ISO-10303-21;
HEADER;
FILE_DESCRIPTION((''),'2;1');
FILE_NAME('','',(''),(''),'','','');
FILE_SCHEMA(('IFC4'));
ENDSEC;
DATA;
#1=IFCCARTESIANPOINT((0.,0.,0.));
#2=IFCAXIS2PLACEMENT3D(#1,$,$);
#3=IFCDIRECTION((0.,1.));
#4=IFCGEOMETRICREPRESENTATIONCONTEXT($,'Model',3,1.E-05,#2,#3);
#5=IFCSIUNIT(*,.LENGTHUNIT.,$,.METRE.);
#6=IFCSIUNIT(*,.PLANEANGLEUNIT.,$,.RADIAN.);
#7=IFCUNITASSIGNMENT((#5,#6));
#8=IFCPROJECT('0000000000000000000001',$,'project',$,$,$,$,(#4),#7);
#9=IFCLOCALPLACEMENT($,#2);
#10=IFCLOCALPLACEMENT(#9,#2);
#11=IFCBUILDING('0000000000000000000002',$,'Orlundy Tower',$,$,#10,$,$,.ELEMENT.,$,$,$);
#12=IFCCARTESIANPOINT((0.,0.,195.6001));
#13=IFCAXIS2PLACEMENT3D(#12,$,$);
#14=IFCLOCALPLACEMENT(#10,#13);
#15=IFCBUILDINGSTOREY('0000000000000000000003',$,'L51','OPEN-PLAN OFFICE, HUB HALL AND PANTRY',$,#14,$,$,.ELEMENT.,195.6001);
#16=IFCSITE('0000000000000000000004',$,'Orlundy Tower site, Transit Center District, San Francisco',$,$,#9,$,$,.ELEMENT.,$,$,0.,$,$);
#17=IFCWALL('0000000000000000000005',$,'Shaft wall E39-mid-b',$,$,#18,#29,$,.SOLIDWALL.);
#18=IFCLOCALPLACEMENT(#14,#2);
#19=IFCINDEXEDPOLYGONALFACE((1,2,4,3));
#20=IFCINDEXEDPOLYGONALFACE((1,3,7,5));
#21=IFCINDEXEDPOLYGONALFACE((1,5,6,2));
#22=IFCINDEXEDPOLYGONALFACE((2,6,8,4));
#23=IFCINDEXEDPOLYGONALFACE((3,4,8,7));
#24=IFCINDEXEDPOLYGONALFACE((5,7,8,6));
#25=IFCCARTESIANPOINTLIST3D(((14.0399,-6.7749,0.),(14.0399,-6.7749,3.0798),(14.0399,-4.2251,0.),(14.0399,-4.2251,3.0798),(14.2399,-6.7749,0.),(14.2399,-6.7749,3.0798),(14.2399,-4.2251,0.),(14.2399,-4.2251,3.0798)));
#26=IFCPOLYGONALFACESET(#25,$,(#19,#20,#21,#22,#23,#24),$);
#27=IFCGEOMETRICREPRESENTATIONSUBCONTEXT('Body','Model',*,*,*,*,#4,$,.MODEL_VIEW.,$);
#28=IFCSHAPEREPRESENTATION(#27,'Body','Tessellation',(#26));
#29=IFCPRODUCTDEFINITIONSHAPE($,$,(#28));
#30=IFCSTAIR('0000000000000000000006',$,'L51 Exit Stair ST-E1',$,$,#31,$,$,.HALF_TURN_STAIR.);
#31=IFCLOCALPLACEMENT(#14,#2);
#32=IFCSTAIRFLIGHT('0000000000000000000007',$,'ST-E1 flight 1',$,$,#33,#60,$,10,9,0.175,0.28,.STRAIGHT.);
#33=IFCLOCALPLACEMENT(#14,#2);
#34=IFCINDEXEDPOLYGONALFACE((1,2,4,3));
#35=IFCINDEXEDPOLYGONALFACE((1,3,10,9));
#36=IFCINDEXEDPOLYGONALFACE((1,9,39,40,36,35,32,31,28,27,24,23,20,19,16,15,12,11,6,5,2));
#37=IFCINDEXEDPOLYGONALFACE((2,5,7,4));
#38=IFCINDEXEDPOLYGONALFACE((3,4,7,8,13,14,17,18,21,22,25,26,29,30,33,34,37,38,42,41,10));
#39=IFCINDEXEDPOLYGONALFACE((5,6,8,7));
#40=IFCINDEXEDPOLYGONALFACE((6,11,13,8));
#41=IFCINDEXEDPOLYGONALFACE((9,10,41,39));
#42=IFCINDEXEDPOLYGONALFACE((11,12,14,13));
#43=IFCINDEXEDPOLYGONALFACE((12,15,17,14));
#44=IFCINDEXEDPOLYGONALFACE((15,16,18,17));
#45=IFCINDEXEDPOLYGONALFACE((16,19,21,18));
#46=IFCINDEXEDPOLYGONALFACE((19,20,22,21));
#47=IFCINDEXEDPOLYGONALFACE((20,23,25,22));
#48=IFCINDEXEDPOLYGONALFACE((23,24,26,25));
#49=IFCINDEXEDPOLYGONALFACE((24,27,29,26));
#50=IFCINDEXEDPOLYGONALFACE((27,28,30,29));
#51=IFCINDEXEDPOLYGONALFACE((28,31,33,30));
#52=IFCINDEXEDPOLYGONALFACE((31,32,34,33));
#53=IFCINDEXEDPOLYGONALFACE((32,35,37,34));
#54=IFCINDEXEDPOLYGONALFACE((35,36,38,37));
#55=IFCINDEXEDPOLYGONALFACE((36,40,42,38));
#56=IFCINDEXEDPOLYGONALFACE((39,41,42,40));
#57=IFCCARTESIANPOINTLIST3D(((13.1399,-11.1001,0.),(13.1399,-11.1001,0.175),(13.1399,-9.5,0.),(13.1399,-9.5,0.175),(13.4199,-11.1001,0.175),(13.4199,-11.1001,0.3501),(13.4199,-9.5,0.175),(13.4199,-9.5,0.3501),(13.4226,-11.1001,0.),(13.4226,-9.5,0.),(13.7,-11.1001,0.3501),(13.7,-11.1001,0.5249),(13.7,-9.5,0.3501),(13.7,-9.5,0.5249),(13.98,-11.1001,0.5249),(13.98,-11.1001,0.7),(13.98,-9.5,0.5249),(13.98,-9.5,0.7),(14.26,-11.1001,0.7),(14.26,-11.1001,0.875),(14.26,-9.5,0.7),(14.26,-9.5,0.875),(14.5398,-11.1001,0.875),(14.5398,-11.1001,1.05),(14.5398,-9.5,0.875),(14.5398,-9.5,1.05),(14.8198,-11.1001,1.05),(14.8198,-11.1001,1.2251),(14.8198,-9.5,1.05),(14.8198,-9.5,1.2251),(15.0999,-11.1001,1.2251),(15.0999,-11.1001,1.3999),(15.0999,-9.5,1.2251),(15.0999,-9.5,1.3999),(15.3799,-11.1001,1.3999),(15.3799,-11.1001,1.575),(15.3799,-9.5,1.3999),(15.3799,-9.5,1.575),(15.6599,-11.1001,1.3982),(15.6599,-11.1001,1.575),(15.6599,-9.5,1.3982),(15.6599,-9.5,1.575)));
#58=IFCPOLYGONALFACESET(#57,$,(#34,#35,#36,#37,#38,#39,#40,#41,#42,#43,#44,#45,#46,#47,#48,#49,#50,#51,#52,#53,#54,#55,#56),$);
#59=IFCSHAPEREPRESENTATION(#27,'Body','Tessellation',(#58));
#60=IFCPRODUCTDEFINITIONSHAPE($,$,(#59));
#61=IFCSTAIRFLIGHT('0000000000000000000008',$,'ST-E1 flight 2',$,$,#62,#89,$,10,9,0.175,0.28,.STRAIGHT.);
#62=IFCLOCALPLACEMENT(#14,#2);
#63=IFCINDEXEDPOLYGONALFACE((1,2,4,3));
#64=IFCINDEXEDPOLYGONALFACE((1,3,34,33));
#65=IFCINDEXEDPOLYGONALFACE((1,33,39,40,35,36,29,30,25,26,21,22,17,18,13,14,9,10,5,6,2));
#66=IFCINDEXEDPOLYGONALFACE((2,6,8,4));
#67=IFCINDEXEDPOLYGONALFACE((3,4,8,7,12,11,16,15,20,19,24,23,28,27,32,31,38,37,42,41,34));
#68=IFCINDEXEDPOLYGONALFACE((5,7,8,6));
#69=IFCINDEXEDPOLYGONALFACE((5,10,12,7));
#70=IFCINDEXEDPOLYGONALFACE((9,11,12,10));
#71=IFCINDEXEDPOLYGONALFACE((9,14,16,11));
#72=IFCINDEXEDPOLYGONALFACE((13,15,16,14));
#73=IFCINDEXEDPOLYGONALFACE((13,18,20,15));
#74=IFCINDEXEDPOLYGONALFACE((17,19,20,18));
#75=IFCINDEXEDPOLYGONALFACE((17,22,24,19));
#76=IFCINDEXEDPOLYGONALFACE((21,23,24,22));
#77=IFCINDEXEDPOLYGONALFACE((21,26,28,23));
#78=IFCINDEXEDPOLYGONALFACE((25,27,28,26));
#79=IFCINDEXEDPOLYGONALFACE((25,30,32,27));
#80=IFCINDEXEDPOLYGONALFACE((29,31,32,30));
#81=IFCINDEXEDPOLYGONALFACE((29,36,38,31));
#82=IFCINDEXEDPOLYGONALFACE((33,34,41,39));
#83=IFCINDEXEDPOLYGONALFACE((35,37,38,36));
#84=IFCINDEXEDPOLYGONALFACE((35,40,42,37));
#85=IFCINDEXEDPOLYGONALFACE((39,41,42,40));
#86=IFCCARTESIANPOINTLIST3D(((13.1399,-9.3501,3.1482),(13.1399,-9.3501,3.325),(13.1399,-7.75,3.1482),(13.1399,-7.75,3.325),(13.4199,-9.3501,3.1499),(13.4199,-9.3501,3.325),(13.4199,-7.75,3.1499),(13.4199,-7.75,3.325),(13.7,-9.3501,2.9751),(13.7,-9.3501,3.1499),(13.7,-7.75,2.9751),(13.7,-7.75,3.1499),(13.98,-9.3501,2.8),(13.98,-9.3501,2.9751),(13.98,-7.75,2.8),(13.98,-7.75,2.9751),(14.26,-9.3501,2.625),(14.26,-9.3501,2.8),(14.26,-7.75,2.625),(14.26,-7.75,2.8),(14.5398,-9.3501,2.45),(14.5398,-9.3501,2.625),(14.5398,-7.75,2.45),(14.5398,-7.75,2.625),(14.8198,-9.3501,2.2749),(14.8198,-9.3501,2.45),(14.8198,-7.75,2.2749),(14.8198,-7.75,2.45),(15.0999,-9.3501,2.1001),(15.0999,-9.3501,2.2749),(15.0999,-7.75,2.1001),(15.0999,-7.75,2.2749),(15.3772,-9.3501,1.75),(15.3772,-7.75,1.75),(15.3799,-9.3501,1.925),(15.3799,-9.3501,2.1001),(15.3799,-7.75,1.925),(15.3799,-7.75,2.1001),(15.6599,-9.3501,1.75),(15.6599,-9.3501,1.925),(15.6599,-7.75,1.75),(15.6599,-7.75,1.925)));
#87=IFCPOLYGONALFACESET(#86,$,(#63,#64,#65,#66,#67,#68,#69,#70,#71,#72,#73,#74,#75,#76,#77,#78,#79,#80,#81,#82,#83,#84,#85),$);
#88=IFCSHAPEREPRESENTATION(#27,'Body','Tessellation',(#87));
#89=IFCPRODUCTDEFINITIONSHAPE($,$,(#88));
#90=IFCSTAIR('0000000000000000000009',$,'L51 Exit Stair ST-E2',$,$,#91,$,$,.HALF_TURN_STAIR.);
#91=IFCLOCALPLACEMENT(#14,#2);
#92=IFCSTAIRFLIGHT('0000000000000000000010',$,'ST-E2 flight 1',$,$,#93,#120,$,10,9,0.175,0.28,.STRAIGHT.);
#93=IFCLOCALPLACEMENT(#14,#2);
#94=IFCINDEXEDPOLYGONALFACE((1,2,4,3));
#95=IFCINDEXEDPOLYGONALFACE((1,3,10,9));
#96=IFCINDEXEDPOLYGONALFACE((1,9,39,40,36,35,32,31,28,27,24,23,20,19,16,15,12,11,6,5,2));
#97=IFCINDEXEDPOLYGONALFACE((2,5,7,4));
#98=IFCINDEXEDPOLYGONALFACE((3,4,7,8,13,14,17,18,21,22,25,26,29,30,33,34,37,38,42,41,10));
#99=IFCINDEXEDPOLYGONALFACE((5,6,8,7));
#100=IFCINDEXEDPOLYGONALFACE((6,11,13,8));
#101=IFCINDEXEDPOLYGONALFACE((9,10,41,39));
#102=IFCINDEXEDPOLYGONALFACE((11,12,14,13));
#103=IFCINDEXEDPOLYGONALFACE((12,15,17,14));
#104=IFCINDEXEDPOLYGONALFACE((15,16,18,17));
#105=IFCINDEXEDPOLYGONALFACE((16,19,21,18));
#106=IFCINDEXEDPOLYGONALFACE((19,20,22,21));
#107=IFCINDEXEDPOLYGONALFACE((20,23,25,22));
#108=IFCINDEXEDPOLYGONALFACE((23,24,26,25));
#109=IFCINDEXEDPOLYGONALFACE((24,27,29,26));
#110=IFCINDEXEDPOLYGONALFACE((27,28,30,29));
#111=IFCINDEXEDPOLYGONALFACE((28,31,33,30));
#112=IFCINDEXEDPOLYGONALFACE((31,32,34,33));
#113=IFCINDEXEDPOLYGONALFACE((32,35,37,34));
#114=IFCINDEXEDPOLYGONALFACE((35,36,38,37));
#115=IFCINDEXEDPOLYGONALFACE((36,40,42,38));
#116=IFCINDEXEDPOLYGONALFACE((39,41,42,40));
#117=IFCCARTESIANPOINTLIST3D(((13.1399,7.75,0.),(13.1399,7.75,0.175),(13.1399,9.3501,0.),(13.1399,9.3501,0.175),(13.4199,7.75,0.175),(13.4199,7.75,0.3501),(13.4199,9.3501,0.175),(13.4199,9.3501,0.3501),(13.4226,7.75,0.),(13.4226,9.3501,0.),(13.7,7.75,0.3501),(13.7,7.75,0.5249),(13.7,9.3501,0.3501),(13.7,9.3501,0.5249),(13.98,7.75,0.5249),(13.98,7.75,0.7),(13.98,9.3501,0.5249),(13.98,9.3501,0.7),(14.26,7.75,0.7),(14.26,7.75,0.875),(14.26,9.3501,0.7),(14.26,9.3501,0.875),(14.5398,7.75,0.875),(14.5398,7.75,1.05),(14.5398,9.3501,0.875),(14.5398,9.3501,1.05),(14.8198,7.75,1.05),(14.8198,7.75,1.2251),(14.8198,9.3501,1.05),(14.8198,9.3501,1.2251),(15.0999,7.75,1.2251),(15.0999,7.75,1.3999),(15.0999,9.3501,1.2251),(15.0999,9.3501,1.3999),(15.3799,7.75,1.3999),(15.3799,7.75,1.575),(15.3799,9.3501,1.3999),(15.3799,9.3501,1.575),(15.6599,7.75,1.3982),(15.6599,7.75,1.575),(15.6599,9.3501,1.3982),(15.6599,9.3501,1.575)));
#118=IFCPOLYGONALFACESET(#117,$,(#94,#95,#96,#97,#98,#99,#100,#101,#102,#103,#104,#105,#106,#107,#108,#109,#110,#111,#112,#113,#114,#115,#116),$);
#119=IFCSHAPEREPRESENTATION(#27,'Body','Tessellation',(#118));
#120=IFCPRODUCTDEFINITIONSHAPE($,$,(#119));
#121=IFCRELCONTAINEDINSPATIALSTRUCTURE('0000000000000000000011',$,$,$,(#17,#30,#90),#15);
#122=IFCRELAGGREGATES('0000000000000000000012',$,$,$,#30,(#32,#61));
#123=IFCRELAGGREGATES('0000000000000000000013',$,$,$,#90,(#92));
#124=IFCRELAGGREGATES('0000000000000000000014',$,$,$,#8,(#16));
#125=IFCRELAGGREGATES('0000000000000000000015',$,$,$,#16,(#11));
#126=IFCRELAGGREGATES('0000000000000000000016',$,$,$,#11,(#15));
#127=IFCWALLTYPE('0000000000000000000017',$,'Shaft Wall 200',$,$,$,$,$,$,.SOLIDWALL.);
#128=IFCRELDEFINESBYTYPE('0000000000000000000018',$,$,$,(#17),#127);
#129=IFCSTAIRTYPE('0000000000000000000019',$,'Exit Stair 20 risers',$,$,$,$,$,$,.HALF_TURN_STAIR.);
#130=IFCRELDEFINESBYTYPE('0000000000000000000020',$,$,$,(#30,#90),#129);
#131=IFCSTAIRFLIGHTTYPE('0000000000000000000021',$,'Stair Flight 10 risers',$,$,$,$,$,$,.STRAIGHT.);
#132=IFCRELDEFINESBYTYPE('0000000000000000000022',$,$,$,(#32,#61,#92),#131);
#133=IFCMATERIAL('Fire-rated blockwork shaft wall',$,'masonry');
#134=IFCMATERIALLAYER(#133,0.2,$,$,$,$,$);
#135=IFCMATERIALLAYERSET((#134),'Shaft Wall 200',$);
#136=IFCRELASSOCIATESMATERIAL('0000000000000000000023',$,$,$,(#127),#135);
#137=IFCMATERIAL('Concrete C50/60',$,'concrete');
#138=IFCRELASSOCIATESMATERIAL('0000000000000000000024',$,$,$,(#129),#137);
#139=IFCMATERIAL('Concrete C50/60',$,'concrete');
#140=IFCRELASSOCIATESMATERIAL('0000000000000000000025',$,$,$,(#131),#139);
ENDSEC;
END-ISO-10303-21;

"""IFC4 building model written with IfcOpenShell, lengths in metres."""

from ifc_helpers import new_model, si_unit, direction, frame, frame_2d, origin, place, context, subcontext, project, spatial, polyline, rectangle, outline, extrude, material, layer, layer_set, type_object, element, aggregate, save


model = new_model("IFC4")

# Units and contexts
model_context = context("Model", 3, precision=1e-05, world=origin(), true_north=direction((0.0, 1.0)))
body_context = subcontext(model_context, "Body", "Model", "MODEL_VIEW")
ifc_project = project(units=[si_unit("LENGTHUNIT", "METRE"), si_unit("PLANEANGLEUNIT", "RADIAN")], contexts=[model_context])

# Site, building, storey
site_placement = place(None, origin())
site = spatial("IfcSite", under=ifc_project, at=site_placement, Name="Orlundy Tower site, Transit Center District, San Francisco", CompositionType="ELEMENT", RefElevation=0.0)
building_placement = place(site_placement, origin())
building = spatial("IfcBuilding", under=site, at=building_placement, Name="Orlundy Tower", CompositionType="ELEMENT")
storey_placement = place(building_placement, frame((0.0, 0.0, 195.6001)))
storey = spatial("IfcBuildingStorey", under=building, at=storey_placement, Name="L51", Description="OPEN-PLAN OFFICE, HUB HALL AND PANTRY", CompositionType="ELEMENT", Elevation=195.6001)

# Shared definitions
ifc_material_1 = material(Name="Fire-rated blockwork shaft wall", Category="masonry")
ifc_layer_1 = layer(ifc_material_1, 0.2)
ifc_layer_set_1 = layer_set([ifc_layer_1], Name="Shaft Wall 200")
wall_type_1 = type_object("IfcWallType", Name="Shaft Wall 200", PredefinedType="SOLIDWALL", material=ifc_layer_set_1)

# Wall
for number, where, z_axis, x_axis, name in (
    (1, (14.1399, -4.2251, 0.0), (0.0, 0.0, 1.0), (0.0, -1.0, 0.0), "Shaft wall E39-mid-b"),
):
    element("IfcWall", number, at=place(storey_placement, frame(where, z_axis=z_axis, x_axis=x_axis)), inside=storey, type_object=wall_type_1, Name=name, PredefinedType="SOLIDWALL", context=body_context, shape_type="SweptSolid", body=[
        extrude(rectangle(XDim=2.5498, YDim=0.2, at=frame_2d((1.2749, 0.0))), origin(), (0.0, 0.0, 1.0), 3.0798),
    ])

# Stair, stair flights
ifc_material_2 = material(Name="Concrete C50/60", Category="concrete")
stair_type = type_object("IfcStairType", Name="Exit Stair 20 risers", PredefinedType="HALF_TURN_STAIR", material=ifc_material_2)
stair_1_placement = place(storey_placement, origin())
stair_1 = element("IfcStair", 2, at=stair_1_placement, inside=storey, type_object=stair_type, Name="L51 Exit Stair ST-E1", PredefinedType="HALF_TURN_STAIR")
ifc_material_3 = material(Name="Concrete C50/60", Category="concrete")
stair_flight_type = type_object("IfcStairFlightType", Name="Stair Flight 10 risers", PredefinedType="STRAIGHT", material=ifc_material_3)
stair_flight_1_placement = place(storey_placement, frame((13.1399, -10.3, 0.0), z_axis=(0.0, 0.0, 1.0), x_axis=(1.0, 0.0, 0.0)))
stair_flight_1 = element("IfcStairFlight", 3, at=stair_flight_1_placement, type_object=stair_flight_type, Name="ST-E1 flight 1", NumberOfRisers=10, NumberOfTreads=9, PredefinedType="STRAIGHT", RiserHeight=0.175, TreadLength=0.28, context=body_context, shape_type="SweptSolid", body=[
    extrude(outline(polyline([(0.0, 0.0), (0.0, 0.175), (0.28, 0.175), (0.28, 0.3501), (0.5601, 0.3501), (0.5601, 0.5249), (0.8401, 0.5249), (0.8401, 0.7), (1.1201, 0.7), (1.1201, 0.875), (1.3999, 0.875), (1.3999, 1.05), (1.6799, 1.05), (1.6799, 1.2251), (1.96, 1.2251), (1.96, 1.3999), (2.24, 1.3999), (2.24, 1.575), (2.52, 1.575), (2.52, 1.75), (2.52, 1.3982), (0.2827, 0.0), (0.0, 0.0)])), frame((0.0, 0.8, 0.0), z_axis=(0.0, -1.0, 0.0), x_axis=(1.0, 0.0, 0.0)), (0.0, 0.0, 1.0), 1.6001),
])
stair_flight_2_placement = place(storey_placement, frame((15.6599, -8.55, 1.75), z_axis=(0.0, 0.0, 1.0), x_axis=(-1.0, 0.0, 0.0)))
stair_flight_2 = element("IfcStairFlight", 4, at=stair_flight_2_placement, type_object=stair_flight_type, Name="ST-E1 flight 2", NumberOfRisers=10, NumberOfTreads=9, PredefinedType="STRAIGHT", RiserHeight=0.175, TreadLength=0.28, context=body_context, shape_type="SweptSolid", body=[
    extrude(outline(polyline([(0.0, 0.0), (0.0, 0.175), (0.28, 0.175), (0.28, 0.3501), (0.5601, 0.3501), (0.5601, 0.5249), (0.8401, 0.5249), (0.8401, 0.7), (1.1201, 0.7), (1.1201, 0.875), (1.3999, 0.875), (1.3999, 1.05), (1.6799, 1.05), (1.6799, 1.2251), (1.96, 1.2251), (1.96, 1.3999), (2.24, 1.3999), (2.24, 1.575), (2.52, 1.575), (2.52, 1.75), (2.52, 1.3982), (0.2827, 0.0), (0.0, 0.0)])), frame((0.0, 0.8, 0.0), z_axis=(0.0, -1.0, 0.0), x_axis=(1.0, 0.0, 0.0)), (0.0, 0.0, 1.0), 1.6001),
])
aggregate(stair_1, [stair_flight_1, stair_flight_2])

# Stair, stair flight
stair_2_placement = place(storey_placement, origin())
stair_2 = element("IfcStair", 5, at=stair_2_placement, inside=storey, type_object=stair_type, Name="L51 Exit Stair ST-E2", PredefinedType="HALF_TURN_STAIR")
stair_flight_3_placement = place(storey_placement, frame((13.1399, 8.55, 0.0), z_axis=(0.0, 0.0, 1.0), x_axis=(1.0, 0.0, 0.0)))
stair_flight_3 = element("IfcStairFlight", 6, at=stair_flight_3_placement, type_object=stair_flight_type, Name="ST-E2 flight 1", NumberOfRisers=10, NumberOfTreads=9, PredefinedType="STRAIGHT", RiserHeight=0.175, TreadLength=0.28, context=body_context, shape_type="SweptSolid", body=[
    extrude(outline(polyline([(0.0, 0.0), (0.0, 0.175), (0.28, 0.175), (0.28, 0.3501), (0.5601, 0.3501), (0.5601, 0.5249), (0.8401, 0.5249), (0.8401, 0.7), (1.1201, 0.7), (1.1201, 0.875), (1.3999, 0.875), (1.3999, 1.05), (1.6799, 1.05), (1.6799, 1.2251), (1.96, 1.2251), (1.96, 1.3999), (2.24, 1.3999), (2.24, 1.575), (2.52, 1.575), (2.52, 1.75), (2.52, 1.3982), (0.2827, 0.0), (0.0, 0.0)])), frame((0.0, 0.8, 0.0), z_axis=(0.0, -1.0, 0.0), x_axis=(1.0, 0.0, 0.0)), (0.0, 0.0, 1.0), 1.6001),
])
aggregate(stair_2, [stair_flight_3])

save(model, "model.ifc")
